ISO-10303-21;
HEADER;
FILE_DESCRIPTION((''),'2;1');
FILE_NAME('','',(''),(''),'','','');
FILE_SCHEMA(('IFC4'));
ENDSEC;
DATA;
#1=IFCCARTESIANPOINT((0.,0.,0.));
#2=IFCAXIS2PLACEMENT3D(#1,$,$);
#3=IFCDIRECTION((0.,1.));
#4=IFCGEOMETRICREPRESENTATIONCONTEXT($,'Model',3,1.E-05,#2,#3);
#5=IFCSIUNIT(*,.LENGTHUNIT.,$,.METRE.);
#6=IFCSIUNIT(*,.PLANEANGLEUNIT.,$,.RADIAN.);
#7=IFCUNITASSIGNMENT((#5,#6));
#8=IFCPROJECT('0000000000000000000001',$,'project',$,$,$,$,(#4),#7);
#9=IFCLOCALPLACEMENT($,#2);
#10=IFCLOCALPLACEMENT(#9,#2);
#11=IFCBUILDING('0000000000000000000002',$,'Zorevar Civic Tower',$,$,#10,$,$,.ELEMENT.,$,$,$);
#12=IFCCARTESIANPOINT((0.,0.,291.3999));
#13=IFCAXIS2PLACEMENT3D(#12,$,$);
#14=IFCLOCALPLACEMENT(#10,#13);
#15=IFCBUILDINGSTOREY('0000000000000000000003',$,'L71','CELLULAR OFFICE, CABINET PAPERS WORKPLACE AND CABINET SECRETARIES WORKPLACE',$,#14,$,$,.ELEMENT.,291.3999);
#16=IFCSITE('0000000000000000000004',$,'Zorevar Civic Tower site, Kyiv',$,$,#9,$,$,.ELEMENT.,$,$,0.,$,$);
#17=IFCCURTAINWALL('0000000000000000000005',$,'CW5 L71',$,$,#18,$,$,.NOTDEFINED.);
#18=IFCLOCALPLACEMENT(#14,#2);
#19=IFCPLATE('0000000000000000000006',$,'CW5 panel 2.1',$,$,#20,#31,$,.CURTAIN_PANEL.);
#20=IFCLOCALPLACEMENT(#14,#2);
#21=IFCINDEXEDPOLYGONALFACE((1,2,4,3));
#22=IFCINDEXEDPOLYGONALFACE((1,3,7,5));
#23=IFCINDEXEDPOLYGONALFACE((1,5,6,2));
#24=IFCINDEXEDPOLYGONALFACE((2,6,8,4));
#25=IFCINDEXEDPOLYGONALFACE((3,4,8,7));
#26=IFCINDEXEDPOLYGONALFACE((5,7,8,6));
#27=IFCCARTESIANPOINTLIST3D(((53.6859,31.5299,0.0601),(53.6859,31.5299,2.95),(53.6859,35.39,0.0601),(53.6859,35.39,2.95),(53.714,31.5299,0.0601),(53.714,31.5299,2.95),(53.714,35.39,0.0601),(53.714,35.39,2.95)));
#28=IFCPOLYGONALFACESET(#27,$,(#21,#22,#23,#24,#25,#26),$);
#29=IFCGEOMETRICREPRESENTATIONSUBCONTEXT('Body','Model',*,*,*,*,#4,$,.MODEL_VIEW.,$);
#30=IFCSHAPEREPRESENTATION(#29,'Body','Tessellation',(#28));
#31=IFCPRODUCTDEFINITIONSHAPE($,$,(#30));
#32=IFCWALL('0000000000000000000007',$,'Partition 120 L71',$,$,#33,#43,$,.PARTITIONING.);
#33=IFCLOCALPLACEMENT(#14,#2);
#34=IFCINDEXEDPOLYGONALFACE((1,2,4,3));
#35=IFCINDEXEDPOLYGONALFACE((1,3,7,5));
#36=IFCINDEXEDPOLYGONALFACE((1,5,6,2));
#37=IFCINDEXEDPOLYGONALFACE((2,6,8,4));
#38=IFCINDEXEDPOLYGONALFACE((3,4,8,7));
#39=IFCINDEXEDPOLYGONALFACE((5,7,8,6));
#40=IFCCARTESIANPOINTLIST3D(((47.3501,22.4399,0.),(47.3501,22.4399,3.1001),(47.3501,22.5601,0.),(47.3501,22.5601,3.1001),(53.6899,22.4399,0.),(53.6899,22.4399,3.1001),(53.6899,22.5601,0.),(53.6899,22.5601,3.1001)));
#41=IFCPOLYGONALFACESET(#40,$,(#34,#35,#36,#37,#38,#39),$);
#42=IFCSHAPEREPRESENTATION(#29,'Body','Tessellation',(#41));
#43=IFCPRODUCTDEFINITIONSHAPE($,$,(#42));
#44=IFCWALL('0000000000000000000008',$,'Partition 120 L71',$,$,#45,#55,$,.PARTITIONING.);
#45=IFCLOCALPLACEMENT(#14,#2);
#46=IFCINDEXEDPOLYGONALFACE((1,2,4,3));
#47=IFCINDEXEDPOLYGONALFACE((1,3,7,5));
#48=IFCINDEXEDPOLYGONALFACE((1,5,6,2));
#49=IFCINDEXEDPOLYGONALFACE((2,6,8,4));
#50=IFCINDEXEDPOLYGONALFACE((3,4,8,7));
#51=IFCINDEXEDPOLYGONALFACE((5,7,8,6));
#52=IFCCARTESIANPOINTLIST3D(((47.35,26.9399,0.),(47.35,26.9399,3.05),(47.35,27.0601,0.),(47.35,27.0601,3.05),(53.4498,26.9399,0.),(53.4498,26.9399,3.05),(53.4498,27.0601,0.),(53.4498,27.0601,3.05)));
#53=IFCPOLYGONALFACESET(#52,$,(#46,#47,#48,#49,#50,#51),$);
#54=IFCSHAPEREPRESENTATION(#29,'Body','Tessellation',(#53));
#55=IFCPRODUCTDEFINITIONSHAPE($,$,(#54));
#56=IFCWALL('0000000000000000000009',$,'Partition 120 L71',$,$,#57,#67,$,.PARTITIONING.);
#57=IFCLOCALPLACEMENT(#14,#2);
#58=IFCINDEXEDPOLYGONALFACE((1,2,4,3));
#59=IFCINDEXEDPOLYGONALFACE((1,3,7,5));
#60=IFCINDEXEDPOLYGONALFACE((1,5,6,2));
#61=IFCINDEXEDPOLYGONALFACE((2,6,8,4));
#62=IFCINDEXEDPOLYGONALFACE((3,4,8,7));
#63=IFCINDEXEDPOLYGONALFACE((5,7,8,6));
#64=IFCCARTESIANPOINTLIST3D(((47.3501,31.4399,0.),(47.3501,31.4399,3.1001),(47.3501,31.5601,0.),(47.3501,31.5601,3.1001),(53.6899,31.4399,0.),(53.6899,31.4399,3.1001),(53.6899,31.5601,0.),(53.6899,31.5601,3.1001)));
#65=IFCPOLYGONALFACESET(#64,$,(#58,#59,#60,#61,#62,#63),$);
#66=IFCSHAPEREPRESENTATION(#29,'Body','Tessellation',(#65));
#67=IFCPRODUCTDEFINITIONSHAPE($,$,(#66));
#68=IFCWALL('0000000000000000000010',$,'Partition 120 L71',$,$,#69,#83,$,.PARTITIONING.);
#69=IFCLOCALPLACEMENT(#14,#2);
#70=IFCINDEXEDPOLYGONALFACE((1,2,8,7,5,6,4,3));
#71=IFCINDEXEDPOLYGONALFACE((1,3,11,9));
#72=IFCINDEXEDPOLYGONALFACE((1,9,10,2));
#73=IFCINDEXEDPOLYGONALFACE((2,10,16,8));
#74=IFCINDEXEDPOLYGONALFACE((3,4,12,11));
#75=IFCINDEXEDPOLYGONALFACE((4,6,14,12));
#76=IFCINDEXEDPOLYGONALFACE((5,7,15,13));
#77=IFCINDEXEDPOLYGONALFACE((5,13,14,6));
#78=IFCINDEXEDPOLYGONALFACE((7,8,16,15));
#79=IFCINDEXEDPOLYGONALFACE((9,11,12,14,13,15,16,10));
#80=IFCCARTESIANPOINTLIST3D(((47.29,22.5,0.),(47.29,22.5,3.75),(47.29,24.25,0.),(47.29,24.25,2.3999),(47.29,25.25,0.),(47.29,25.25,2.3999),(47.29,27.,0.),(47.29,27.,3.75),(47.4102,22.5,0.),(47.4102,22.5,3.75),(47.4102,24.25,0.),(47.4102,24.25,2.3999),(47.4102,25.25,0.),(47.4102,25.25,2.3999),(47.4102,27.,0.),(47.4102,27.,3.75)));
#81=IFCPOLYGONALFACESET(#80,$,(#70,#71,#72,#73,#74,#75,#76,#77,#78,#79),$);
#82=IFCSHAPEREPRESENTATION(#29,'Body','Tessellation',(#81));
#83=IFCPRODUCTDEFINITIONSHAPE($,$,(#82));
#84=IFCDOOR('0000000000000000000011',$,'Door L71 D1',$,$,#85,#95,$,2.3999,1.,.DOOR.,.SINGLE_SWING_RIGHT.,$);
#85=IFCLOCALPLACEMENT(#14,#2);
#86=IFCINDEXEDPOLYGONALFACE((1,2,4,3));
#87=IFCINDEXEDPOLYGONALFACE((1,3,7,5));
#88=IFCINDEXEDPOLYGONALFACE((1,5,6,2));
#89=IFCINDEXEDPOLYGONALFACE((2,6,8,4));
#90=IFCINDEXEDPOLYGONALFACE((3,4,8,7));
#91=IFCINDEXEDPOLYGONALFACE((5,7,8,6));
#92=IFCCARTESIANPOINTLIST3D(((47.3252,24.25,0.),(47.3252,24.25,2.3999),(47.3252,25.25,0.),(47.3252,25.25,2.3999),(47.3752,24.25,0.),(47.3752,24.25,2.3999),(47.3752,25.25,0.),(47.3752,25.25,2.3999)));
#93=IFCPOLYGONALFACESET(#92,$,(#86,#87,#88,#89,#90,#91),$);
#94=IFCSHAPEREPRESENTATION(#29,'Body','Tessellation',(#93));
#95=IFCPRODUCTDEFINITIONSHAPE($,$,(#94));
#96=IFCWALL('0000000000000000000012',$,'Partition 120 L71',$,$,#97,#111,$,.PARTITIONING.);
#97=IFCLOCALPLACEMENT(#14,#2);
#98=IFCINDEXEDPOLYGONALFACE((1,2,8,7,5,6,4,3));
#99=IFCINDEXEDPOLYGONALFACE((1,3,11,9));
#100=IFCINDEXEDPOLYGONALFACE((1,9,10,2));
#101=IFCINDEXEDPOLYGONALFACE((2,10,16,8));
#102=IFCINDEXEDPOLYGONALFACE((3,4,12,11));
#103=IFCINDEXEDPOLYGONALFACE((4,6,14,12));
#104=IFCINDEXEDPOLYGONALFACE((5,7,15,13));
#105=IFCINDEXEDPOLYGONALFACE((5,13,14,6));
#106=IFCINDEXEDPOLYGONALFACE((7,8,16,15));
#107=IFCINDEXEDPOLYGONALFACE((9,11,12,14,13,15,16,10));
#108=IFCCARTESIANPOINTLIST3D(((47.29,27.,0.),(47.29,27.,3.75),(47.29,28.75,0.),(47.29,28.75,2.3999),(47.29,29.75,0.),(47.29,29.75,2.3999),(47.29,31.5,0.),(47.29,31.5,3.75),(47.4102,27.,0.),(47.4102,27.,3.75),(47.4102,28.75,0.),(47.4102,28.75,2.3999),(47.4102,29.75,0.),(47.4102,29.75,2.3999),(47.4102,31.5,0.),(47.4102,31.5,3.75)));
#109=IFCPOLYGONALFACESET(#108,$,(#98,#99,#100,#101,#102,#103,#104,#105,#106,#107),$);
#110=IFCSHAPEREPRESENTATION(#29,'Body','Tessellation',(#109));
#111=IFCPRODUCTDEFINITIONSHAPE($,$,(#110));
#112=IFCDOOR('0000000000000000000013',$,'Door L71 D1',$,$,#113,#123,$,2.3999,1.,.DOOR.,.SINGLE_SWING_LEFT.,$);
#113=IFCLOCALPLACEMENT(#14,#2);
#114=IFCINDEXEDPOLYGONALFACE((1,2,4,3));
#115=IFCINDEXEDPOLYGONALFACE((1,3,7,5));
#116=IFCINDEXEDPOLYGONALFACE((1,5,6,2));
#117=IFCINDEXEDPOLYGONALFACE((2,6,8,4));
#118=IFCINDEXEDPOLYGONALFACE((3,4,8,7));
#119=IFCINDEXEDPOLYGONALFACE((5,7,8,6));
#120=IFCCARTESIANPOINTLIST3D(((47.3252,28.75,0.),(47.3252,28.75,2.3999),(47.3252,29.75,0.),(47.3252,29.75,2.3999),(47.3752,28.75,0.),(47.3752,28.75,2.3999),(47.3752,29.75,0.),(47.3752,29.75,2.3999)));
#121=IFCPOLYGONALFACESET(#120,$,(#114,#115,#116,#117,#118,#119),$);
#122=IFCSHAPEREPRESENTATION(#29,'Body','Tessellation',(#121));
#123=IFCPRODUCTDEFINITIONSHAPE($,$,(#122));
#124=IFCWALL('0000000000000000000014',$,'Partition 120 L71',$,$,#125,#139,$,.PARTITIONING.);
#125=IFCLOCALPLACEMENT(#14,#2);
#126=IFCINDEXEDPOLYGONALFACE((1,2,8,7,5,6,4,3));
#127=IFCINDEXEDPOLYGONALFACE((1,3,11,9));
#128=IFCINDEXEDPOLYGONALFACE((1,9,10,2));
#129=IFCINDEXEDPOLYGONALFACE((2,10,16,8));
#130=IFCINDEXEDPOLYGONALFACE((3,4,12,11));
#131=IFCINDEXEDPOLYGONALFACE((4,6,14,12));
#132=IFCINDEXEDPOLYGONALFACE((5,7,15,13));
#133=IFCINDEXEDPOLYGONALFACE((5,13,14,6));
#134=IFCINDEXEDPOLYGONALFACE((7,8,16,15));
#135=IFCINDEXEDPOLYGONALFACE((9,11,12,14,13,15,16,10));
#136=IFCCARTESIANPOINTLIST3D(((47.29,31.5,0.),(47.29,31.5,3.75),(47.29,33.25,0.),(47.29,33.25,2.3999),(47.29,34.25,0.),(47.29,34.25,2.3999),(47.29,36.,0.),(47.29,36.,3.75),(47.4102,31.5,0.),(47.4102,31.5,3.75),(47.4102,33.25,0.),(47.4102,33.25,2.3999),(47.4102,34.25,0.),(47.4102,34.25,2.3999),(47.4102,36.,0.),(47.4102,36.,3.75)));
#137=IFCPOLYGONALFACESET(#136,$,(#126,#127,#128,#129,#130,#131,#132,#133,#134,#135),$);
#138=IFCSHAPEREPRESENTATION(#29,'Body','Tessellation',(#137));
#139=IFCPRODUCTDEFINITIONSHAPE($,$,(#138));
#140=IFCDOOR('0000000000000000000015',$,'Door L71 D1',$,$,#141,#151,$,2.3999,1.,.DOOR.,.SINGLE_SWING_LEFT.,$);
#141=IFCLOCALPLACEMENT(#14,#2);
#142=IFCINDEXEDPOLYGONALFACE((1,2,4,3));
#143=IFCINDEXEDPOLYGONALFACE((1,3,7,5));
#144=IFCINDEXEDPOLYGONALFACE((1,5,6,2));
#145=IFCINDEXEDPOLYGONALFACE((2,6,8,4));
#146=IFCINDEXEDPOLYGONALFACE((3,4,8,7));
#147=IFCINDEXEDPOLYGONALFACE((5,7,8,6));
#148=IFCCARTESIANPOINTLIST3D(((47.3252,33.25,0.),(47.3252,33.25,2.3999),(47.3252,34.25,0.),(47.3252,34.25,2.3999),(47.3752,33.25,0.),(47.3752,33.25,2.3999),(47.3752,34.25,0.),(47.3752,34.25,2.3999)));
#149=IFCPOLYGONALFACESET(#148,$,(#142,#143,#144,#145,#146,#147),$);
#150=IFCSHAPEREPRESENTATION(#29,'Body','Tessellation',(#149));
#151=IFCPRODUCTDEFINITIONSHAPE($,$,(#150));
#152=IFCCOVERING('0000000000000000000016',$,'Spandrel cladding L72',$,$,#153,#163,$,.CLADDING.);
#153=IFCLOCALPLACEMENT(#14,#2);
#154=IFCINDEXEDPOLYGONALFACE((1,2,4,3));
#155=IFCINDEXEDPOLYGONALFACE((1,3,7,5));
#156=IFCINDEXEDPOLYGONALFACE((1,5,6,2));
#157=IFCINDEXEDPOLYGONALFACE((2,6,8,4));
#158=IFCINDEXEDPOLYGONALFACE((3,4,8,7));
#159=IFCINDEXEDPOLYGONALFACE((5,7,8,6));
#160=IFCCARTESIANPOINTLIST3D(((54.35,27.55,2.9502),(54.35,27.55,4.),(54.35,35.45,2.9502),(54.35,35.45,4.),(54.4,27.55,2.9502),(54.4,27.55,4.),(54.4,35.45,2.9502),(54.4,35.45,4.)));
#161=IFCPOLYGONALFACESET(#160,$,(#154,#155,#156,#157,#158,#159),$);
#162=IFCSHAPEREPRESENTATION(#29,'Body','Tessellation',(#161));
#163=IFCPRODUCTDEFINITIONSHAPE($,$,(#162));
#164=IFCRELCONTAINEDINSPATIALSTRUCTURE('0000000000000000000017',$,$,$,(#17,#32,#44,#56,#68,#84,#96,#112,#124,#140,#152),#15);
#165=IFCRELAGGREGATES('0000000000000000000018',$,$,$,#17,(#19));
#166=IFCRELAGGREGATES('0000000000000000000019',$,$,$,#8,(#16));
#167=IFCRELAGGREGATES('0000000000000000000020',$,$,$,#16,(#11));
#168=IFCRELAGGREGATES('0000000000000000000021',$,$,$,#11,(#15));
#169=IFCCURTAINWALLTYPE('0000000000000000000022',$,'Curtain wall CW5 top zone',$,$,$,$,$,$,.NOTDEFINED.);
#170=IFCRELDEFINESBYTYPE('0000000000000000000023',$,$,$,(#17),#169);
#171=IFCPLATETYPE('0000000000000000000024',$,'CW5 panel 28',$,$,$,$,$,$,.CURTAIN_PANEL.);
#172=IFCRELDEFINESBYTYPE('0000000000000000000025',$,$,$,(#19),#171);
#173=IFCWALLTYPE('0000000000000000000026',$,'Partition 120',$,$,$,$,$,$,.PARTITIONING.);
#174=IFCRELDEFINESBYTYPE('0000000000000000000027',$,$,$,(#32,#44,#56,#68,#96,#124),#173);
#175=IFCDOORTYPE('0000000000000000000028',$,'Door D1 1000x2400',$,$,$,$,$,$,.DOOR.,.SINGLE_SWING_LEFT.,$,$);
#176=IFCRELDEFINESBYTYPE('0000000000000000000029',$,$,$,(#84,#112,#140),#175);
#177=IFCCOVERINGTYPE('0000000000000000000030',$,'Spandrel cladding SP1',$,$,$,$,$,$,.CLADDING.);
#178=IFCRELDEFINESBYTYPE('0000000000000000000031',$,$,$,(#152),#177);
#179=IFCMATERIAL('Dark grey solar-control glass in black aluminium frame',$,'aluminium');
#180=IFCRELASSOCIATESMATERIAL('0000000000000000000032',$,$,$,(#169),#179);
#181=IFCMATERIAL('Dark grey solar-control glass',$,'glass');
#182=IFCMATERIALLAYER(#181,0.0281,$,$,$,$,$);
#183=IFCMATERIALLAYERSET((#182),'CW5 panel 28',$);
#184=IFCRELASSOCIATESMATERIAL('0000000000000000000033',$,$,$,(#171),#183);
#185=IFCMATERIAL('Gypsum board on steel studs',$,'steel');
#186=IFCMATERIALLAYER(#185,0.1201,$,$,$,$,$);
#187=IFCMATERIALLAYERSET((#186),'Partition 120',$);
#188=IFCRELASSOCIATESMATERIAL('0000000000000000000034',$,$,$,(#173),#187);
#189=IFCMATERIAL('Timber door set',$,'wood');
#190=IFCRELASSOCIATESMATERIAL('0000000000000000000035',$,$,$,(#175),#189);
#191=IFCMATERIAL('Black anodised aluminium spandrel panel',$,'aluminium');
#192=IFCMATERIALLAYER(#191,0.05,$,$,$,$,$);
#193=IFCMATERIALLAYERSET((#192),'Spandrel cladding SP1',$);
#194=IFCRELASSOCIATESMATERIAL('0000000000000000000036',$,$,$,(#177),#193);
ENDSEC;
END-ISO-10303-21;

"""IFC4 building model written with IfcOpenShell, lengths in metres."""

from ifc_helpers import new_model, si_unit, direction, frame, frame_2d, origin, origin_2d, place, context, subcontext, project, spatial, rectangle, extrude, material, layer, layer_set, type_object, element, fill, aggregate, save


model = new_model("IFC4")

# Units and contexts
model_context = context("Model", 3, precision=1e-05, world=origin(), true_north=direction((0.0, 1.0)))
body_context = subcontext(model_context, "Body", "Model", "MODEL_VIEW")
ifc_project = project(units=[si_unit("LENGTHUNIT", "METRE"), si_unit("PLANEANGLEUNIT", "RADIAN")], contexts=[model_context])

# Site, building, storey
site_placement = place(None, origin())
site = spatial("IfcSite", under=ifc_project, at=site_placement, Name="Zorevar Civic Tower site, Kyiv", CompositionType="ELEMENT", RefElevation=0.0)
building_placement = place(site_placement, origin())
building = spatial("IfcBuilding", under=site, at=building_placement, Name="Zorevar Civic Tower", CompositionType="ELEMENT")
storey_placement = place(building_placement, frame((0.0, 0.0, 291.3999)))
storey = spatial("IfcBuildingStorey", under=building, at=storey_placement, Name="L71", Description="CELLULAR OFFICE, CABINET PAPERS WORKPLACE AND CABINET SECRETARIES WORKPLACE", CompositionType="ELEMENT", Elevation=291.3999)

# Curtain wall
ifc_material_1 = material(Name="Dark grey solar-control glass in black aluminium frame", Category="aluminium")
curtain_wall_type = type_object("IfcCurtainWallType", Name="Curtain wall CW5 top zone", PredefinedType="NOTDEFINED", material=ifc_material_1)
curtain_wall_1_placement = place(storey_placement, origin())
curtain_wall_1 = element("IfcCurtainWall", 1, at=curtain_wall_1_placement, inside=storey, type_object=curtain_wall_type, Name="CW5 L71", PredefinedType="NOTDEFINED")

# Plate
ifc_material_2 = material(Name="Dark grey solar-control glass", Category="glass")
ifc_layer_1 = layer(ifc_material_2, 0.0281)
ifc_layer_set_1 = layer_set([ifc_layer_1], Name="CW5 panel 28")
plate_type = type_object("IfcPlateType", Name="CW5 panel 28", PredefinedType="CURTAIN_PANEL", material=ifc_layer_set_1)
plate_1_placement = place(storey_placement, frame((53.7, 33.46, 0.0601), z_axis=(0.0, 0.0, 1.0), x_axis=(0.0, 1.0, 0.0)))
plate_1 = element("IfcPlate", 2, at=plate_1_placement, type_object=plate_type, Name="CW5 panel 2.1", PredefinedType="CURTAIN_PANEL", context=body_context, shape_type="SweptSolid", body=[
    extrude(rectangle(XDim=3.8601, YDim=0.0281, at=origin_2d()), origin(), (0.0, 0.0, 1.0), 2.8899),
])
aggregate(curtain_wall_1, [plate_1])

# Walls
ifc_material_3 = material(Name="Gypsum board on steel studs", Category="steel")
ifc_layer_2 = layer(ifc_material_3, 0.1201)
ifc_layer_set_2 = layer_set([ifc_layer_2], Name="Partition 120")
wall_type = type_object("IfcWallType", Name="Partition 120", PredefinedType="PARTITIONING", material=ifc_layer_set_2)
wall_1_placement = place(storey_placement, frame((47.3501, 22.5, 0.0), z_axis=(0.0, 0.0, 1.0), x_axis=(1.0, 0.0, 0.0)))
element("IfcWall", 3, at=wall_1_placement, inside=storey, type_object=wall_type, Name="Partition 120 L71", PredefinedType="PARTITIONING", context=body_context, shape_type="SweptSolid", body=[
    extrude(rectangle(XDim=6.3398, YDim=0.1201, at=frame_2d((3.1699, 0.0))), origin(), (0.0, 0.0, 1.0), 3.1001),
])
wall_2_placement = place(storey_placement, frame((47.3501, 27.0, 0.0), z_axis=(0.0, 0.0, 1.0), x_axis=(1.0, 0.0, 0.0)))
element("IfcWall", 4, at=wall_2_placement, inside=storey, type_object=wall_type, Name="Partition 120 L71", PredefinedType="PARTITIONING", context=body_context, shape_type="SweptSolid", body=[
    extrude(rectangle(XDim=6.0999, YDim=0.1201, at=frame_2d((3.0498, 0.0))), origin(), (0.0, 0.0, 1.0), 3.05),
])
wall_3_placement = place(storey_placement, frame((47.3501, 31.5, 0.0), z_axis=(0.0, 0.0, 1.0), x_axis=(1.0, 0.0, 0.0)))
element("IfcWall", 5, at=wall_3_placement, inside=storey, type_object=wall_type, Name="Partition 120 L71", PredefinedType="PARTITIONING", context=body_context, shape_type="SweptSolid", body=[
    extrude(rectangle(XDim=6.3398, YDim=0.1201, at=frame_2d((3.1699, 0.0))), origin(), (0.0, 0.0, 1.0), 3.1001),
])

# Walls, openings, doors
wall_4_placement = place(storey_placement, frame((47.3501, 22.5, 0.0), z_axis=(0.0, 0.0, 1.0), x_axis=(0.0, 1.0, 0.0)))
wall_4 = element("IfcWall", 6, at=wall_4_placement, inside=storey, type_object=wall_type, Name="Partition 120 L71", PredefinedType="PARTITIONING", context=body_context, shape_type="SweptSolid", body=[
    extrude(rectangle(XDim=4.5, YDim=0.1201, at=frame_2d((2.25, 0.0))), origin(), (0.0, 0.0, 1.0), 3.75),
])
opening_1_placement = place(wall_4_placement, frame((1.75, 0.0, 0.0)))
opening_1 = element("IfcOpeningElement", 7, at=opening_1_placement, cuts=wall_4, PredefinedType="OPENING", context=body_context, shape_type="SweptSolid", body=[
    extrude(rectangle(XDim=1.0, YDim=2.3999, at=frame_2d((0.5, 1.2))), frame((0.0, 0.0701, 0.0), z_axis=(0.0, -1.0, 0.0), x_axis=(1.0, 0.0, 0.0)), (0.0, 0.0, 1.0), 0.1401),
])
ifc_material_4 = material(Name="Timber door set", Category="wood")
door_type = type_object("IfcDoorType", Name="Door D1 1000x2400", OperationType="SINGLE_SWING_LEFT", PredefinedType="DOOR", material=ifc_material_4)
door_1_placement = place(opening_1_placement, origin())
door_1 = element("IfcDoor", 8, at=door_1_placement, inside=storey, type_object=door_type, Name="Door L71 D1", OperationType="SINGLE_SWING_RIGHT", OverallHeight=2.3999, OverallWidth=1.0, PredefinedType="DOOR", context=body_context, shape_type="SweptSolid", body=[
    extrude(rectangle(XDim=1.0, YDim=2.3999, at=frame_2d((0.5, 1.2))), frame((0.0, 0.0249, 0.0), z_axis=(0.0, -1.0, 0.0), x_axis=(1.0, 0.0, 0.0)), (0.0, 0.0, 1.0), 0.05),
])
fill(opening_1, door_1)
wall_5_placement = place(storey_placement, frame((47.3501, 27.0, 0.0), z_axis=(0.0, 0.0, 1.0), x_axis=(0.0, 1.0, 0.0)))
wall_5 = element("IfcWall", 9, at=wall_5_placement, inside=storey, type_object=wall_type, Name="Partition 120 L71", PredefinedType="PARTITIONING", context=body_context, shape_type="SweptSolid", body=[
    extrude(rectangle(XDim=4.5, YDim=0.1201, at=frame_2d((2.25, 0.0))), origin(), (0.0, 0.0, 1.0), 3.75),
])
opening_2_placement = place(wall_5_placement, frame((1.75, 0.0, 0.0)))
opening_2 = element("IfcOpeningElement", 10, at=opening_2_placement, cuts=wall_5, PredefinedType="OPENING", context=body_context, shape_type="SweptSolid", body=[
    extrude(rectangle(XDim=1.0, YDim=2.3999, at=frame_2d((0.5, 1.2))), frame((0.0, 0.0701, 0.0), z_axis=(0.0, -1.0, 0.0), x_axis=(1.0, 0.0, 0.0)), (0.0, 0.0, 1.0), 0.1401),
])
door_2_placement = place(opening_2_placement, origin())
door_2 = element("IfcDoor", 11, at=door_2_placement, inside=storey, type_object=door_type, Name="Door L71 D1", OperationType="SINGLE_SWING_LEFT", OverallHeight=2.3999, OverallWidth=1.0, PredefinedType="DOOR", context=body_context, shape_type="SweptSolid", body=[
    extrude(rectangle(XDim=1.0, YDim=2.3999, at=frame_2d((0.5, 1.2))), frame((0.0, 0.0249, 0.0), z_axis=(0.0, -1.0, 0.0), x_axis=(1.0, 0.0, 0.0)), (0.0, 0.0, 1.0), 0.05),
])
fill(opening_2, door_2)
wall_6_placement = place(storey_placement, frame((47.3501, 31.5, 0.0), z_axis=(0.0, 0.0, 1.0), x_axis=(0.0, 1.0, 0.0)))
wall_6 = element("IfcWall", 12, at=wall_6_placement, inside=storey, type_object=wall_type, Name="Partition 120 L71", PredefinedType="PARTITIONING", context=body_context, shape_type="SweptSolid", body=[
    extrude(rectangle(XDim=4.5, YDim=0.1201, at=frame_2d((2.25, 0.0))), origin(), (0.0, 0.0, 1.0), 3.75),
])
opening_3_placement = place(wall_6_placement, frame((1.75, 0.0, 0.0)))
opening_3 = element("IfcOpeningElement", 13, at=opening_3_placement, cuts=wall_6, PredefinedType="OPENING", context=body_context, shape_type="SweptSolid", body=[
    extrude(rectangle(XDim=1.0, YDim=2.3999, at=frame_2d((0.5, 1.2))), frame((0.0, 0.0701, 0.0), z_axis=(0.0, -1.0, 0.0), x_axis=(1.0, 0.0, 0.0)), (0.0, 0.0, 1.0), 0.1401),
])
door_3_placement = place(opening_3_placement, origin())
door_3 = element("IfcDoor", 14, at=door_3_placement, inside=storey, type_object=door_type, Name="Door L71 D1", OperationType="SINGLE_SWING_LEFT", OverallHeight=2.3999, OverallWidth=1.0, PredefinedType="DOOR", context=body_context, shape_type="SweptSolid", body=[
    extrude(rectangle(XDim=1.0, YDim=2.3999, at=frame_2d((0.5, 1.2))), frame((0.0, 0.0249, 0.0), z_axis=(0.0, -1.0, 0.0), x_axis=(1.0, 0.0, 0.0)), (0.0, 0.0, 1.0), 0.05),
])
fill(opening_3, door_3)

# Covering
ifc_material_5 = material(Name="Black anodised aluminium spandrel panel", Category="aluminium")
ifc_layer_3 = layer(ifc_material_5, 0.05)
ifc_layer_set_3 = layer_set([ifc_layer_3], Name="Spandrel cladding SP1")
covering_type = type_object("IfcCoveringType", Name="Spandrel cladding SP1", PredefinedType="CLADDING", material=ifc_layer_set_3)
covering_placement = place(storey_placement, frame((54.375, 27.55, 2.9502), z_axis=(0.0, 0.0, 1.0), x_axis=(0.0, 1.0, 0.0)))
element("IfcCovering", 15, at=covering_placement, inside=storey, type_object=covering_type, Name="Spandrel cladding L72", PredefinedType="CLADDING", context=body_context, shape_type="SweptSolid", body=[
    extrude(rectangle(XDim=7.8999, YDim=0.05, at=frame_2d((3.95, 0.0))), origin(), (0.0, 0.0, 1.0), 1.0498),
])

save(model, "model.ifc")
